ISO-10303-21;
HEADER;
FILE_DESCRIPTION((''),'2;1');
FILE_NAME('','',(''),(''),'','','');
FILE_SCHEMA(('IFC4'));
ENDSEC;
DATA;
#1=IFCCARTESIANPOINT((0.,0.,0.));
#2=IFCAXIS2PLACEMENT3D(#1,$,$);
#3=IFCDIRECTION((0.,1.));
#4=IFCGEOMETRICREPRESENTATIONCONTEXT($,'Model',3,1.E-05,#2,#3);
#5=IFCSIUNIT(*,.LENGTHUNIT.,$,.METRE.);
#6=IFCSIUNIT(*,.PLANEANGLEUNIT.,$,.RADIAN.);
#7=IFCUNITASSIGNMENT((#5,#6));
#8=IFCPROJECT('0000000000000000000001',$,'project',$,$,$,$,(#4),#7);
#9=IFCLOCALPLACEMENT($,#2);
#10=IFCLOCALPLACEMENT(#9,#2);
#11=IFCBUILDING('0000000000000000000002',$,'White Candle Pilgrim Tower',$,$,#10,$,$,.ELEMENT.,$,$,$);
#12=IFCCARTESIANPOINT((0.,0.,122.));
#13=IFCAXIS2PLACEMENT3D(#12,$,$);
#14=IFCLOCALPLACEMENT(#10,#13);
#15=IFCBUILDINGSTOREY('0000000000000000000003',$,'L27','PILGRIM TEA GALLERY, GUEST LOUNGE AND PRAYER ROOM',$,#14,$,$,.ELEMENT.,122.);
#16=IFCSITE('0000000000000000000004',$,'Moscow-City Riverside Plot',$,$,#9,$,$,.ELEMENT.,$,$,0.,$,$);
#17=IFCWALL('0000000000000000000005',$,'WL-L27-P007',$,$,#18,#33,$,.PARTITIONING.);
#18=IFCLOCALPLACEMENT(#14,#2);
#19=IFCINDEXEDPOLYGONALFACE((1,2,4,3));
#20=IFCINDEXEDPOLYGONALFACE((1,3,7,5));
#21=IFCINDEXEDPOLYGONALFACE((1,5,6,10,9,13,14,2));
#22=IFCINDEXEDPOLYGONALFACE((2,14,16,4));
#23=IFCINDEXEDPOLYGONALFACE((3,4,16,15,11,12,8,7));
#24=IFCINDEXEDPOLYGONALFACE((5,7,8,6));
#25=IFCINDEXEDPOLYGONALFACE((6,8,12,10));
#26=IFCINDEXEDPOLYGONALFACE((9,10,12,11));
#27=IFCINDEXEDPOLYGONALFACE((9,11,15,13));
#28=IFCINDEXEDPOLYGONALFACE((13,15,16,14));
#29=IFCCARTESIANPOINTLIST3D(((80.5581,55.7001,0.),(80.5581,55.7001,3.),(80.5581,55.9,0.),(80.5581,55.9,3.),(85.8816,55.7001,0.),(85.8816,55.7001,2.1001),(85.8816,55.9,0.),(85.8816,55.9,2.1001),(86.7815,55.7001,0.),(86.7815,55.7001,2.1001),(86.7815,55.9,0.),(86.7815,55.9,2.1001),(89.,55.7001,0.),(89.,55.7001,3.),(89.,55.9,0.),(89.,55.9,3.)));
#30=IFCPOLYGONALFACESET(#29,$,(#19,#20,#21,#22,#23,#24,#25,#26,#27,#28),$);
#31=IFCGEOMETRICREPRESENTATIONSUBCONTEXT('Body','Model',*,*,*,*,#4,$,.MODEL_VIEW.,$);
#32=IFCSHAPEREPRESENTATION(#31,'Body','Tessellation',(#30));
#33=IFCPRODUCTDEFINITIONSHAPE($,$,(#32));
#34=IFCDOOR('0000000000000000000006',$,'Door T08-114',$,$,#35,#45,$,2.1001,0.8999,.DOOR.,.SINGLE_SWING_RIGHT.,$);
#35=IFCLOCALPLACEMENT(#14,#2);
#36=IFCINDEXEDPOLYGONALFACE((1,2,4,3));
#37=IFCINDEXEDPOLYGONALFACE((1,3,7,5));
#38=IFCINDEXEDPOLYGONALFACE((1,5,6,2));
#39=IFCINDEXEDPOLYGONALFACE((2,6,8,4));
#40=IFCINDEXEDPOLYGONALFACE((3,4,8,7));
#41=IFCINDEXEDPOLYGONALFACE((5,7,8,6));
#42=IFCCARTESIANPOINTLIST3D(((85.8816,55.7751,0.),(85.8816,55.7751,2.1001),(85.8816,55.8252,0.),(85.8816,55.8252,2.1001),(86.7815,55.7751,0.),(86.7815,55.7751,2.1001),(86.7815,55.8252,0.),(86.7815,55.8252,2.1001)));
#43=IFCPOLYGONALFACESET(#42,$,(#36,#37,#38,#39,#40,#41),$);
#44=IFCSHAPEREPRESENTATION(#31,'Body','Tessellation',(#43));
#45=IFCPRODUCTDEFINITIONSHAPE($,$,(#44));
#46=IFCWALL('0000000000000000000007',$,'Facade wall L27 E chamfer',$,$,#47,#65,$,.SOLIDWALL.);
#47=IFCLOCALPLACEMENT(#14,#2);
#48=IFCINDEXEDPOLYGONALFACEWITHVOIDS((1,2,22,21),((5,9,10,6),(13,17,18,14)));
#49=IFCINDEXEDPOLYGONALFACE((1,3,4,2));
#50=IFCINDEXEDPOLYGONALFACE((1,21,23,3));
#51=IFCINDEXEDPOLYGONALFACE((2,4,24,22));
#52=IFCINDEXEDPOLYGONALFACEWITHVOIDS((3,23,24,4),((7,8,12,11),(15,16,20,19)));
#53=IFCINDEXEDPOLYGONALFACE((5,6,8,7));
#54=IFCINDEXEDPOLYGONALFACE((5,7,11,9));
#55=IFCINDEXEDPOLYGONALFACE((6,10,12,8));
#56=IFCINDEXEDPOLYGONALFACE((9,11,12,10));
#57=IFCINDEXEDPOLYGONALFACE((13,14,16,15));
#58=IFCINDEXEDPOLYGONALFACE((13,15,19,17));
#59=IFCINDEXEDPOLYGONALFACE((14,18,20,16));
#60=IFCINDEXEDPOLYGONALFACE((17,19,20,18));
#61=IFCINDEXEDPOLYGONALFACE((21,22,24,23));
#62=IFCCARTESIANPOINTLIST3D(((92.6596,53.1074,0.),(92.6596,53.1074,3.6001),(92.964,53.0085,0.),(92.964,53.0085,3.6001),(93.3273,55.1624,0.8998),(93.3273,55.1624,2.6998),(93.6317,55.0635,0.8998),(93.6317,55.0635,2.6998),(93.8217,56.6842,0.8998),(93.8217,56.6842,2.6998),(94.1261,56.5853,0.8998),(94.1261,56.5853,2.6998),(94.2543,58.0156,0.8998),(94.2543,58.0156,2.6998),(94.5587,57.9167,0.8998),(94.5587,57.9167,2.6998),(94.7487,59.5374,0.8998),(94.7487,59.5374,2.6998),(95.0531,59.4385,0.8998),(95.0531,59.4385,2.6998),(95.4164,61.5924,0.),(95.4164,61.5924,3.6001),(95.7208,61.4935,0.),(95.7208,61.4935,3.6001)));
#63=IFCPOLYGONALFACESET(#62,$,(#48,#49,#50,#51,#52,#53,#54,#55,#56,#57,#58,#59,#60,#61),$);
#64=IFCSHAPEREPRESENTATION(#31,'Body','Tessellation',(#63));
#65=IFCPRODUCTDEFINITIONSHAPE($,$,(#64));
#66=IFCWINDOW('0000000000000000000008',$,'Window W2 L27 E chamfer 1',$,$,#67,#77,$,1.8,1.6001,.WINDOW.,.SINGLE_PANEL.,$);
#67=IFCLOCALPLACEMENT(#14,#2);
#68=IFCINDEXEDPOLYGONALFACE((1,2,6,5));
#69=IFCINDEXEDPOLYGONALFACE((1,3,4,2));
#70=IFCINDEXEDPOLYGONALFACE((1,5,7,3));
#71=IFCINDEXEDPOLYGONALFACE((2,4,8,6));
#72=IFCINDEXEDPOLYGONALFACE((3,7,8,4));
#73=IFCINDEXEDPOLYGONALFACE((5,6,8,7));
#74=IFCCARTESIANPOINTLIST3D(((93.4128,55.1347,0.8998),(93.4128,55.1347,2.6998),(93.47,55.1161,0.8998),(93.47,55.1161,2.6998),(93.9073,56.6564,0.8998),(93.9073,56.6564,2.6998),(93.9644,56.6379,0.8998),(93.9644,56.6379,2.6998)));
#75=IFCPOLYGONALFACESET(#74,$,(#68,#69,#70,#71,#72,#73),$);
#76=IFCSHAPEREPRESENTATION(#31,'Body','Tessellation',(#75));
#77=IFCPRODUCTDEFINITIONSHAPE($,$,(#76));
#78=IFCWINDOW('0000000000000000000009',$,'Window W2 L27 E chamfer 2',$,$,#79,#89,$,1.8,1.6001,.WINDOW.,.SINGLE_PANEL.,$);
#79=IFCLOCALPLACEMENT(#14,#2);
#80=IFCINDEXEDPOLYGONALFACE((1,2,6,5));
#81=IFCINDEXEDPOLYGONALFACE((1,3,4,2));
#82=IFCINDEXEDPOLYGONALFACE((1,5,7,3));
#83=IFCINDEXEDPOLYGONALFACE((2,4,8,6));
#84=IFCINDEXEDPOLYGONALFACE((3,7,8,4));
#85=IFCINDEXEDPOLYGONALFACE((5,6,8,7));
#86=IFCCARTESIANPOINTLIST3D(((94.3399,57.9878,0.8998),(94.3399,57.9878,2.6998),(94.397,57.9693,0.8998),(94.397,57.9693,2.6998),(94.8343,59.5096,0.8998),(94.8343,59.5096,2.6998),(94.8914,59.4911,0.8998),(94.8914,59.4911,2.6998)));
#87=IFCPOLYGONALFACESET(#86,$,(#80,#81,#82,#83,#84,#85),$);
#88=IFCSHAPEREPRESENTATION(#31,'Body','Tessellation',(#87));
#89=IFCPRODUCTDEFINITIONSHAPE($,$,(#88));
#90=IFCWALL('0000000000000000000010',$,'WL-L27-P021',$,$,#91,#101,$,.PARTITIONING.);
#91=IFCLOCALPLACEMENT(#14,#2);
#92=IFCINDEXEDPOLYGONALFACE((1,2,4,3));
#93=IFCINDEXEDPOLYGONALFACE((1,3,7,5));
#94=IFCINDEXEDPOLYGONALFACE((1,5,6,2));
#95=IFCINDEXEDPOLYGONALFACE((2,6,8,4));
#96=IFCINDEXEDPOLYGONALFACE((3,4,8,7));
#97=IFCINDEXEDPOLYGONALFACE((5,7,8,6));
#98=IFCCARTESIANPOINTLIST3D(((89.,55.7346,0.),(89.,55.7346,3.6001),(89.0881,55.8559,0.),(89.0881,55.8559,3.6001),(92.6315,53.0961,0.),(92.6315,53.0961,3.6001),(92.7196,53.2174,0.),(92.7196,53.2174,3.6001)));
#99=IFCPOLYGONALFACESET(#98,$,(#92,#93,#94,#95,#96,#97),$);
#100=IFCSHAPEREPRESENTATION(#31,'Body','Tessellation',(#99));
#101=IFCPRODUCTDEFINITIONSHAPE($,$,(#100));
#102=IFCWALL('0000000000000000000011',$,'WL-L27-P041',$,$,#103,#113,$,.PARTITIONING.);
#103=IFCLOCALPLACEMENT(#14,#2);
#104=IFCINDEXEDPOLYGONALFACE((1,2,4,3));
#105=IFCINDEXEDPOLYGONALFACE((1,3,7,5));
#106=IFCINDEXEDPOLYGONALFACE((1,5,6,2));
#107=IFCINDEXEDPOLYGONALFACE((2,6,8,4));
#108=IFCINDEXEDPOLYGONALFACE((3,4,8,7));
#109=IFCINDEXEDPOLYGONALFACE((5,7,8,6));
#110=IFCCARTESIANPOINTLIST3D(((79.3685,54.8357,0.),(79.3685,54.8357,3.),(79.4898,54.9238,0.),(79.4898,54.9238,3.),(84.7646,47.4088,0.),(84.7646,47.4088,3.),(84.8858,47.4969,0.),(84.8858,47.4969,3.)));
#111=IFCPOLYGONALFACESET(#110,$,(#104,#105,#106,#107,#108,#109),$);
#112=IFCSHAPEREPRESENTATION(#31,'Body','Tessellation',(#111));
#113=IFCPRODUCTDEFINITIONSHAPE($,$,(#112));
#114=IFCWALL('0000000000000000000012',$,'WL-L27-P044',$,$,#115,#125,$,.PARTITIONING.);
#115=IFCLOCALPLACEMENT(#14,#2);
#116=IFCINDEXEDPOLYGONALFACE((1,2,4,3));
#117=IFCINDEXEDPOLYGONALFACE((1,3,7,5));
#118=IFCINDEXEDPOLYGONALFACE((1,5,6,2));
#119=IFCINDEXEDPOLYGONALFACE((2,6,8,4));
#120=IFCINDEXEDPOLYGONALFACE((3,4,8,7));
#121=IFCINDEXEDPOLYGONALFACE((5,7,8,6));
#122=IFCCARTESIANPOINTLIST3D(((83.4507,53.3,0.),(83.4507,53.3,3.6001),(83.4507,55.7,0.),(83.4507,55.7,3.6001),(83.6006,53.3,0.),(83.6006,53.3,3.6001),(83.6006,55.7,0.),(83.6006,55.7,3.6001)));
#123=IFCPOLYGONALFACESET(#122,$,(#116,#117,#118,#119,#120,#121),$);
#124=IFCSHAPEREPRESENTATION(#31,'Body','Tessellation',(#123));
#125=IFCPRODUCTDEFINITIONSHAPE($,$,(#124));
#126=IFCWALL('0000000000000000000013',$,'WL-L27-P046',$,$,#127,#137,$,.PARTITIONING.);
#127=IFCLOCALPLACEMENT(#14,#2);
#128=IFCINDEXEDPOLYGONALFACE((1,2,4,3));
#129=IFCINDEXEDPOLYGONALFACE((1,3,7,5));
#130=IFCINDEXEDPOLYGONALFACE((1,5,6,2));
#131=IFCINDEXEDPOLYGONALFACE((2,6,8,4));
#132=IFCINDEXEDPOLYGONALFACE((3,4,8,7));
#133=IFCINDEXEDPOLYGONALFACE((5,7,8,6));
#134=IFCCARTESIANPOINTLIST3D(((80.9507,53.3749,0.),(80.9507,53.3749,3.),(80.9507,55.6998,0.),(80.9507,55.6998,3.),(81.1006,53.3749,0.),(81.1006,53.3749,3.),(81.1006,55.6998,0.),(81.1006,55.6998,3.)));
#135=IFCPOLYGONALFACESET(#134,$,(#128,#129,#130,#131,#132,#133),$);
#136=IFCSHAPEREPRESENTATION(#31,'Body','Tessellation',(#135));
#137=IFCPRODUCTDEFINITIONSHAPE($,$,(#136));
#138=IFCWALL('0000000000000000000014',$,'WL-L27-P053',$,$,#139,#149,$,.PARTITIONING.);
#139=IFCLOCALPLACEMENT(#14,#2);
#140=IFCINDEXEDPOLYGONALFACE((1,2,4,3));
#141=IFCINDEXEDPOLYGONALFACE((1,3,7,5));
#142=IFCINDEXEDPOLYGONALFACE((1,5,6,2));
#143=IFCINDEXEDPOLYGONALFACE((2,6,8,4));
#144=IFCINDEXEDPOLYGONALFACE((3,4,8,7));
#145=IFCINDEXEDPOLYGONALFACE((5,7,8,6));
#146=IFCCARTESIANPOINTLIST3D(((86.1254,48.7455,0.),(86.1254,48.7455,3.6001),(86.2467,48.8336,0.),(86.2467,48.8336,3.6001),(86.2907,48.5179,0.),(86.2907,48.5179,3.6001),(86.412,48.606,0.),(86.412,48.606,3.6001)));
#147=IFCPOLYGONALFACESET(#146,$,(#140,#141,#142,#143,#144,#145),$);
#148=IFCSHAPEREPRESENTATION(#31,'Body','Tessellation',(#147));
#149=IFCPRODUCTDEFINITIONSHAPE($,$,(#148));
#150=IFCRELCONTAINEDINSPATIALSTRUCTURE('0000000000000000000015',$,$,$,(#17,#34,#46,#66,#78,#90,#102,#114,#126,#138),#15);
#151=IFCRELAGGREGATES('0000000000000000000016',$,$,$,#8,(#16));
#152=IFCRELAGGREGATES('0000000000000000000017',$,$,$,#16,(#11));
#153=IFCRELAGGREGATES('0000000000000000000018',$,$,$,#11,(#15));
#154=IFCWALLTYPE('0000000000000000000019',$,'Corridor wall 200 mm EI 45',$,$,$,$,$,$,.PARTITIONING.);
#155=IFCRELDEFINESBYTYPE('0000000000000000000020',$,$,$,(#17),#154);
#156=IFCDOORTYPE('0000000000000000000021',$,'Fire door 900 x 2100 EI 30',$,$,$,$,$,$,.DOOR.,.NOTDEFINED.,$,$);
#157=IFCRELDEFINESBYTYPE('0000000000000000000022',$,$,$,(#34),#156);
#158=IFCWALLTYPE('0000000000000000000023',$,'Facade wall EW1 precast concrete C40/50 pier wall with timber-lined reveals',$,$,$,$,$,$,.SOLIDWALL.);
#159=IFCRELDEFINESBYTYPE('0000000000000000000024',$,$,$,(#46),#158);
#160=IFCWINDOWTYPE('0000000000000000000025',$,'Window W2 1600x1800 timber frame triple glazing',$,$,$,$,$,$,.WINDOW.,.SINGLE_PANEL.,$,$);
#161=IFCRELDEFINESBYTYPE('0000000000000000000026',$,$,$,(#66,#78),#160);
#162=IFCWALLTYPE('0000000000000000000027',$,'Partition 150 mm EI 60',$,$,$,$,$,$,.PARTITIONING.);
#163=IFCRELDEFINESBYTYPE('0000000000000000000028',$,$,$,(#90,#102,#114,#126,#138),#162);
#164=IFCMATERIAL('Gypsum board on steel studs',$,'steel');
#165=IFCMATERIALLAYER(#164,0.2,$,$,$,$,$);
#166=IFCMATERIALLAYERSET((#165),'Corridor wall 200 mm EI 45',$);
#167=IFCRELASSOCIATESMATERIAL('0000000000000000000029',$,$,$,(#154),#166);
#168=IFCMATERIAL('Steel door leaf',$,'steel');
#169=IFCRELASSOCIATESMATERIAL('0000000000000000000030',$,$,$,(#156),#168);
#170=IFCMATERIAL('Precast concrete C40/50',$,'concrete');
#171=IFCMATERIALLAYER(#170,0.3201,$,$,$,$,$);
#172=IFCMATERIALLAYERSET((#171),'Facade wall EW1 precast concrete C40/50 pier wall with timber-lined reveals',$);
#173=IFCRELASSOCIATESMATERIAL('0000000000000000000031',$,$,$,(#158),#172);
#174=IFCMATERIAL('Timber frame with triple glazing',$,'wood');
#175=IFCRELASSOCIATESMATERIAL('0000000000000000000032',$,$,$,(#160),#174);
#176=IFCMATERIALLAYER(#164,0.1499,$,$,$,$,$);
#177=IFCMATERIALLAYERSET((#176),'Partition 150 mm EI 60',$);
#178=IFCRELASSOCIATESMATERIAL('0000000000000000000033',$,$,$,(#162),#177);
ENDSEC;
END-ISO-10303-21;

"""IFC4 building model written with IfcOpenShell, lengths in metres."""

from ifc_helpers import new_model, si_unit, direction, frame, frame_2d, origin, place, context, subcontext, project, spatial, rectangle, extrude, material, layer, layer_set, type_object, element, fill, save


model = new_model("IFC4")

# Units and contexts
model_context = context("Model", 3, precision=1e-05, world=origin(), true_north=direction((0.0, 1.0)))
body_context = subcontext(model_context, "Body", "Model", "MODEL_VIEW")
ifc_project = project(units=[si_unit("LENGTHUNIT", "METRE"), si_unit("PLANEANGLEUNIT", "RADIAN")], contexts=[model_context])

# Site, building, storey
site_placement = place(None, origin())
site = spatial("IfcSite", under=ifc_project, at=site_placement, Name="Moscow-City Riverside Plot", CompositionType="ELEMENT", RefElevation=0.0)
building_placement = place(site_placement, origin())
building = spatial("IfcBuilding", under=site, at=building_placement, Name="White Candle Pilgrim Tower", CompositionType="ELEMENT")
storey_placement = place(building_placement, frame((0.0, 0.0, 122.0)))
storey = spatial("IfcBuildingStorey", under=building, at=storey_placement, Name="L27", Description="PILGRIM TEA GALLERY, GUEST LOUNGE AND PRAYER ROOM", CompositionType="ELEMENT", Elevation=122.0)

# Wall, opening, door
ifc_material_1 = material(Name="Gypsum board on steel studs", Category="steel")
ifc_layer_1 = layer(ifc_material_1, 0.2)
ifc_layer_set_1 = layer_set([ifc_layer_1], Name="Corridor wall 200 mm EI 45")
wall_type_1 = type_object("IfcWallType", Name="Corridor wall 200 mm EI 45", PredefinedType="PARTITIONING", material=ifc_layer_set_1)
wall_1_placement = place(storey_placement, frame((89.0, 55.8, 0.0), z_axis=(0.0, 0.0, 1.0), x_axis=(-1.0, 0.0, 0.0)))
wall_1 = element("IfcWall", 1, at=wall_1_placement, inside=storey, type_object=wall_type_1, Name="WL-L27-P007", PredefinedType="PARTITIONING", context=body_context, shape_type="SweptSolid", body=[
    extrude(rectangle(XDim=8.4419, YDim=0.2, at=frame_2d((4.2209, 0.0))), origin(), (0.0, 0.0, 1.0), 3.0),
])
opening_1_placement = place(wall_1_placement, frame((2.2185, 0.0, 0.0)))
opening_1 = element("IfcOpeningElement", 2, at=opening_1_placement, cuts=wall_1, PredefinedType="OPENING", context=body_context, shape_type="SweptSolid", body=[
    extrude(rectangle(XDim=0.8999, YDim=2.1001, at=frame_2d((0.45, 1.05))), frame((0.0, 0.1099, 0.0), z_axis=(0.0, -1.0, 0.0), x_axis=(1.0, 0.0, 0.0)), (0.0, 0.0, 1.0), 0.22),
])
ifc_material_2 = material(Name="Steel door leaf", Category="steel")
door_type_1 = type_object("IfcDoorType", Name="Fire door 900 x 2100 EI 30", OperationType="NOTDEFINED", PredefinedType="DOOR", material=ifc_material_2)
door_1_placement = place(opening_1_placement, origin())
door_1 = element("IfcDoor", 3, at=door_1_placement, inside=storey, type_object=door_type_1, Name="Door T08-114", OperationType="SINGLE_SWING_RIGHT", OverallHeight=2.1001, OverallWidth=0.8999, PredefinedType="DOOR", context=body_context, shape_type="SweptSolid", body=[
    extrude(rectangle(XDim=0.8999, YDim=2.1001, at=frame_2d((0.45, 1.05))), frame((0.0, 0.0249, 0.0), z_axis=(0.0, -1.0, 0.0), x_axis=(1.0, 0.0, 0.0)), (0.0, 0.0, 1.0), 0.05),
])
fill(opening_1, door_1)

# Wall, openings, windows
ifc_material_3 = material(Name="Precast concrete C40/50", Category="concrete")
ifc_layer_2 = layer(ifc_material_3, 0.3201)
ifc_layer_set_2 = layer_set([ifc_layer_2], Name="Facade wall EW1 precast concrete C40/50 pier wall with timber-lined reveals")
wall_type_2 = type_object("IfcWallType", Name="Facade wall EW1 precast concrete C40/50 pier wall with timber-lined reveals", PredefinedType="SOLIDWALL", material=ifc_layer_set_2)
wall_2_placement = place(storey_placement, frame((92.8118, 53.0579, 0.0), z_axis=(0.0, 0.0, 1.0), x_axis=(0.309003, 0.951061, 0.0)))
wall_2 = element("IfcWall", 4, at=wall_2_placement, inside=storey, type_object=wall_type_2, Name="Facade wall L27 E chamfer", PredefinedType="SOLIDWALL", context=body_context, shape_type="SweptSolid", body=[
    extrude(rectangle(XDim=8.9216, YDim=0.3201, at=frame_2d((4.4609, 0.0))), origin(), (0.0, 0.0, 1.0), 3.6001),
])
opening_2_placement = place(wall_2_placement, frame((2.1609, 0.0, 0.8999)))
opening_2 = element("IfcOpeningElement", 5, at=opening_2_placement, cuts=wall_2, PredefinedType="OPENING", context=body_context, shape_type="SweptSolid", body=[
    extrude(rectangle(XDim=1.6001, YDim=1.8, at=frame_2d((0.8, 0.8999))), frame((0.0, 0.1699, 0.0), z_axis=(0.0, -1.0, 0.0), x_axis=(1.0, 0.0, 0.0)), (0.0, 0.0, 1.0), 0.3401),
])
opening_3_placement = place(wall_2_placement, frame((5.1609, 0.0, 0.8999)))
opening_3 = element("IfcOpeningElement", 6, at=opening_3_placement, cuts=wall_2, PredefinedType="OPENING", context=body_context, shape_type="SweptSolid", body=[
    extrude(rectangle(XDim=1.6001, YDim=1.8, at=frame_2d((0.8, 0.8999))), frame((0.0, 0.1699, 0.0), z_axis=(0.0, -1.0, 0.0), x_axis=(1.0, 0.0, 0.0)), (0.0, 0.0, 1.0), 0.3401),
])
ifc_material_4 = material(Name="Timber frame with triple glazing", Category="wood")
window_type = type_object("IfcWindowType", Name="Window W2 1600x1800 timber frame triple glazing", PartitioningType="SINGLE_PANEL", PredefinedType="WINDOW", material=ifc_material_4)
window_1_placement = place(opening_2_placement, origin())
window_1 = element("IfcWindow", 7, at=window_1_placement, inside=storey, type_object=window_type, Name="Window W2 L27 E chamfer 1", OverallHeight=1.8, OverallWidth=1.6001, PartitioningType="SINGLE_PANEL", PredefinedType="WINDOW", context=body_context, shape_type="SweptSolid", body=[
    extrude(rectangle(XDim=1.6001, YDim=1.8, at=frame_2d((0.8, 0.8999))), frame((0.0, 0.0701, 0.0), z_axis=(0.0, -1.0, 0.0), x_axis=(1.0, 0.0, 0.0)), (0.0, 0.0, 1.0), 0.0601),
])
fill(opening_2, window_1)
window_2_placement = place(opening_3_placement, origin())
window_2 = element("IfcWindow", 8, at=window_2_placement, inside=storey, type_object=window_type, Name="Window W2 L27 E chamfer 2", OverallHeight=1.8, OverallWidth=1.6001, PartitioningType="SINGLE_PANEL", PredefinedType="WINDOW", context=body_context, shape_type="SweptSolid", body=[
    extrude(rectangle(XDim=1.6001, YDim=1.8, at=frame_2d((0.8, 0.8999))), frame((0.0, 0.0701, 0.0), z_axis=(0.0, -1.0, 0.0), x_axis=(1.0, 0.0, 0.0)), (0.0, 0.0, 1.0), 0.0601),
])
fill(opening_3, window_2)

# Walls
ifc_layer_3 = layer(ifc_material_1, 0.1499)
ifc_layer_set_3 = layer_set([ifc_layer_3], Name="Partition 150 mm EI 60")
wall_type_3 = type_object("IfcWallType", Name="Partition 150 mm EI 60", PredefinedType="PARTITIONING", material=ifc_layer_set_3)
wall_3_placement = place(storey_placement, frame((92.6755, 53.1567, 0.0), z_axis=(0.0, 0.0, 1.0), x_axis=(-0.809006, 0.5878, 0.0)))
element("IfcWall", 9, at=wall_3_placement, inside=storey, type_object=wall_type_3, Name="WL-L27-P021", PredefinedType="PARTITIONING", context=body_context, shape_type="SweptSolid", body=[
    extrude(rectangle(XDim=4.4888, YDim=0.1499, at=frame_2d((2.2444, 0.0))), origin(), (0.0, 0.0, 1.0), 3.6001),
])
wall_4_placement = place(storey_placement, frame((84.8252, 47.4529, 0.0), z_axis=(0.0, 0.0, 1.0), x_axis=(-0.587795, 0.80901, 0.0)))
element("IfcWall", 10, at=wall_4_placement, inside=storey, type_object=wall_type_3, Name="WL-L27-P041", PredefinedType="PARTITIONING", context=body_context, shape_type="SweptSolid", body=[
    extrude(rectangle(XDim=9.1802, YDim=0.1499, at=frame_2d((4.5901, 0.0))), origin(), (0.0, 0.0, 1.0), 3.0),
])
wall_5_placement = place(storey_placement, frame((83.5256, 55.7, 0.0), z_axis=(0.0, 0.0, 1.0), x_axis=(0.0, -1.0, 0.0)))
element("IfcWall", 11, at=wall_5_placement, inside=storey, type_object=wall_type_3, Name="WL-L27-P044", PredefinedType="PARTITIONING", context=body_context, shape_type="SweptSolid", body=[
    extrude(rectangle(XDim=2.3999, YDim=0.1499, at=frame_2d((1.2, 0.0))), origin(), (0.0, 0.0, 1.0), 3.6001),
])
wall_6_placement = place(storey_placement, frame((81.0256, 55.7, 0.0), z_axis=(0.0, 0.0, 1.0), x_axis=(0.0, -1.0, 0.0)))
element("IfcWall", 12, at=wall_6_placement, inside=storey, type_object=wall_type_3, Name="WL-L27-P046", PredefinedType="PARTITIONING", context=body_context, shape_type="SweptSolid", body=[
    extrude(rectangle(XDim=2.325, YDim=0.1499, at=frame_2d((1.1626, 0.0))), origin(), (0.0, 0.0, 1.0), 3.0),
])
wall_7_placement = place(storey_placement, frame((86.186, 48.7896, 0.0), z_axis=(0.0, 0.0, 1.0), x_axis=(0.587707, -0.809074, 0.0)))
element("IfcWall", 13, at=wall_7_placement, inside=storey, type_object=wall_type_3, Name="WL-L27-P053", PredefinedType="PARTITIONING", context=body_context, shape_type="SweptSolid", body=[
    extrude(rectangle(XDim=0.2812, YDim=0.1499, at=frame_2d((0.1406, 0.0))), origin(), (0.0, 0.0, 1.0), 3.6001),
])

save(model, "model.ifc")
